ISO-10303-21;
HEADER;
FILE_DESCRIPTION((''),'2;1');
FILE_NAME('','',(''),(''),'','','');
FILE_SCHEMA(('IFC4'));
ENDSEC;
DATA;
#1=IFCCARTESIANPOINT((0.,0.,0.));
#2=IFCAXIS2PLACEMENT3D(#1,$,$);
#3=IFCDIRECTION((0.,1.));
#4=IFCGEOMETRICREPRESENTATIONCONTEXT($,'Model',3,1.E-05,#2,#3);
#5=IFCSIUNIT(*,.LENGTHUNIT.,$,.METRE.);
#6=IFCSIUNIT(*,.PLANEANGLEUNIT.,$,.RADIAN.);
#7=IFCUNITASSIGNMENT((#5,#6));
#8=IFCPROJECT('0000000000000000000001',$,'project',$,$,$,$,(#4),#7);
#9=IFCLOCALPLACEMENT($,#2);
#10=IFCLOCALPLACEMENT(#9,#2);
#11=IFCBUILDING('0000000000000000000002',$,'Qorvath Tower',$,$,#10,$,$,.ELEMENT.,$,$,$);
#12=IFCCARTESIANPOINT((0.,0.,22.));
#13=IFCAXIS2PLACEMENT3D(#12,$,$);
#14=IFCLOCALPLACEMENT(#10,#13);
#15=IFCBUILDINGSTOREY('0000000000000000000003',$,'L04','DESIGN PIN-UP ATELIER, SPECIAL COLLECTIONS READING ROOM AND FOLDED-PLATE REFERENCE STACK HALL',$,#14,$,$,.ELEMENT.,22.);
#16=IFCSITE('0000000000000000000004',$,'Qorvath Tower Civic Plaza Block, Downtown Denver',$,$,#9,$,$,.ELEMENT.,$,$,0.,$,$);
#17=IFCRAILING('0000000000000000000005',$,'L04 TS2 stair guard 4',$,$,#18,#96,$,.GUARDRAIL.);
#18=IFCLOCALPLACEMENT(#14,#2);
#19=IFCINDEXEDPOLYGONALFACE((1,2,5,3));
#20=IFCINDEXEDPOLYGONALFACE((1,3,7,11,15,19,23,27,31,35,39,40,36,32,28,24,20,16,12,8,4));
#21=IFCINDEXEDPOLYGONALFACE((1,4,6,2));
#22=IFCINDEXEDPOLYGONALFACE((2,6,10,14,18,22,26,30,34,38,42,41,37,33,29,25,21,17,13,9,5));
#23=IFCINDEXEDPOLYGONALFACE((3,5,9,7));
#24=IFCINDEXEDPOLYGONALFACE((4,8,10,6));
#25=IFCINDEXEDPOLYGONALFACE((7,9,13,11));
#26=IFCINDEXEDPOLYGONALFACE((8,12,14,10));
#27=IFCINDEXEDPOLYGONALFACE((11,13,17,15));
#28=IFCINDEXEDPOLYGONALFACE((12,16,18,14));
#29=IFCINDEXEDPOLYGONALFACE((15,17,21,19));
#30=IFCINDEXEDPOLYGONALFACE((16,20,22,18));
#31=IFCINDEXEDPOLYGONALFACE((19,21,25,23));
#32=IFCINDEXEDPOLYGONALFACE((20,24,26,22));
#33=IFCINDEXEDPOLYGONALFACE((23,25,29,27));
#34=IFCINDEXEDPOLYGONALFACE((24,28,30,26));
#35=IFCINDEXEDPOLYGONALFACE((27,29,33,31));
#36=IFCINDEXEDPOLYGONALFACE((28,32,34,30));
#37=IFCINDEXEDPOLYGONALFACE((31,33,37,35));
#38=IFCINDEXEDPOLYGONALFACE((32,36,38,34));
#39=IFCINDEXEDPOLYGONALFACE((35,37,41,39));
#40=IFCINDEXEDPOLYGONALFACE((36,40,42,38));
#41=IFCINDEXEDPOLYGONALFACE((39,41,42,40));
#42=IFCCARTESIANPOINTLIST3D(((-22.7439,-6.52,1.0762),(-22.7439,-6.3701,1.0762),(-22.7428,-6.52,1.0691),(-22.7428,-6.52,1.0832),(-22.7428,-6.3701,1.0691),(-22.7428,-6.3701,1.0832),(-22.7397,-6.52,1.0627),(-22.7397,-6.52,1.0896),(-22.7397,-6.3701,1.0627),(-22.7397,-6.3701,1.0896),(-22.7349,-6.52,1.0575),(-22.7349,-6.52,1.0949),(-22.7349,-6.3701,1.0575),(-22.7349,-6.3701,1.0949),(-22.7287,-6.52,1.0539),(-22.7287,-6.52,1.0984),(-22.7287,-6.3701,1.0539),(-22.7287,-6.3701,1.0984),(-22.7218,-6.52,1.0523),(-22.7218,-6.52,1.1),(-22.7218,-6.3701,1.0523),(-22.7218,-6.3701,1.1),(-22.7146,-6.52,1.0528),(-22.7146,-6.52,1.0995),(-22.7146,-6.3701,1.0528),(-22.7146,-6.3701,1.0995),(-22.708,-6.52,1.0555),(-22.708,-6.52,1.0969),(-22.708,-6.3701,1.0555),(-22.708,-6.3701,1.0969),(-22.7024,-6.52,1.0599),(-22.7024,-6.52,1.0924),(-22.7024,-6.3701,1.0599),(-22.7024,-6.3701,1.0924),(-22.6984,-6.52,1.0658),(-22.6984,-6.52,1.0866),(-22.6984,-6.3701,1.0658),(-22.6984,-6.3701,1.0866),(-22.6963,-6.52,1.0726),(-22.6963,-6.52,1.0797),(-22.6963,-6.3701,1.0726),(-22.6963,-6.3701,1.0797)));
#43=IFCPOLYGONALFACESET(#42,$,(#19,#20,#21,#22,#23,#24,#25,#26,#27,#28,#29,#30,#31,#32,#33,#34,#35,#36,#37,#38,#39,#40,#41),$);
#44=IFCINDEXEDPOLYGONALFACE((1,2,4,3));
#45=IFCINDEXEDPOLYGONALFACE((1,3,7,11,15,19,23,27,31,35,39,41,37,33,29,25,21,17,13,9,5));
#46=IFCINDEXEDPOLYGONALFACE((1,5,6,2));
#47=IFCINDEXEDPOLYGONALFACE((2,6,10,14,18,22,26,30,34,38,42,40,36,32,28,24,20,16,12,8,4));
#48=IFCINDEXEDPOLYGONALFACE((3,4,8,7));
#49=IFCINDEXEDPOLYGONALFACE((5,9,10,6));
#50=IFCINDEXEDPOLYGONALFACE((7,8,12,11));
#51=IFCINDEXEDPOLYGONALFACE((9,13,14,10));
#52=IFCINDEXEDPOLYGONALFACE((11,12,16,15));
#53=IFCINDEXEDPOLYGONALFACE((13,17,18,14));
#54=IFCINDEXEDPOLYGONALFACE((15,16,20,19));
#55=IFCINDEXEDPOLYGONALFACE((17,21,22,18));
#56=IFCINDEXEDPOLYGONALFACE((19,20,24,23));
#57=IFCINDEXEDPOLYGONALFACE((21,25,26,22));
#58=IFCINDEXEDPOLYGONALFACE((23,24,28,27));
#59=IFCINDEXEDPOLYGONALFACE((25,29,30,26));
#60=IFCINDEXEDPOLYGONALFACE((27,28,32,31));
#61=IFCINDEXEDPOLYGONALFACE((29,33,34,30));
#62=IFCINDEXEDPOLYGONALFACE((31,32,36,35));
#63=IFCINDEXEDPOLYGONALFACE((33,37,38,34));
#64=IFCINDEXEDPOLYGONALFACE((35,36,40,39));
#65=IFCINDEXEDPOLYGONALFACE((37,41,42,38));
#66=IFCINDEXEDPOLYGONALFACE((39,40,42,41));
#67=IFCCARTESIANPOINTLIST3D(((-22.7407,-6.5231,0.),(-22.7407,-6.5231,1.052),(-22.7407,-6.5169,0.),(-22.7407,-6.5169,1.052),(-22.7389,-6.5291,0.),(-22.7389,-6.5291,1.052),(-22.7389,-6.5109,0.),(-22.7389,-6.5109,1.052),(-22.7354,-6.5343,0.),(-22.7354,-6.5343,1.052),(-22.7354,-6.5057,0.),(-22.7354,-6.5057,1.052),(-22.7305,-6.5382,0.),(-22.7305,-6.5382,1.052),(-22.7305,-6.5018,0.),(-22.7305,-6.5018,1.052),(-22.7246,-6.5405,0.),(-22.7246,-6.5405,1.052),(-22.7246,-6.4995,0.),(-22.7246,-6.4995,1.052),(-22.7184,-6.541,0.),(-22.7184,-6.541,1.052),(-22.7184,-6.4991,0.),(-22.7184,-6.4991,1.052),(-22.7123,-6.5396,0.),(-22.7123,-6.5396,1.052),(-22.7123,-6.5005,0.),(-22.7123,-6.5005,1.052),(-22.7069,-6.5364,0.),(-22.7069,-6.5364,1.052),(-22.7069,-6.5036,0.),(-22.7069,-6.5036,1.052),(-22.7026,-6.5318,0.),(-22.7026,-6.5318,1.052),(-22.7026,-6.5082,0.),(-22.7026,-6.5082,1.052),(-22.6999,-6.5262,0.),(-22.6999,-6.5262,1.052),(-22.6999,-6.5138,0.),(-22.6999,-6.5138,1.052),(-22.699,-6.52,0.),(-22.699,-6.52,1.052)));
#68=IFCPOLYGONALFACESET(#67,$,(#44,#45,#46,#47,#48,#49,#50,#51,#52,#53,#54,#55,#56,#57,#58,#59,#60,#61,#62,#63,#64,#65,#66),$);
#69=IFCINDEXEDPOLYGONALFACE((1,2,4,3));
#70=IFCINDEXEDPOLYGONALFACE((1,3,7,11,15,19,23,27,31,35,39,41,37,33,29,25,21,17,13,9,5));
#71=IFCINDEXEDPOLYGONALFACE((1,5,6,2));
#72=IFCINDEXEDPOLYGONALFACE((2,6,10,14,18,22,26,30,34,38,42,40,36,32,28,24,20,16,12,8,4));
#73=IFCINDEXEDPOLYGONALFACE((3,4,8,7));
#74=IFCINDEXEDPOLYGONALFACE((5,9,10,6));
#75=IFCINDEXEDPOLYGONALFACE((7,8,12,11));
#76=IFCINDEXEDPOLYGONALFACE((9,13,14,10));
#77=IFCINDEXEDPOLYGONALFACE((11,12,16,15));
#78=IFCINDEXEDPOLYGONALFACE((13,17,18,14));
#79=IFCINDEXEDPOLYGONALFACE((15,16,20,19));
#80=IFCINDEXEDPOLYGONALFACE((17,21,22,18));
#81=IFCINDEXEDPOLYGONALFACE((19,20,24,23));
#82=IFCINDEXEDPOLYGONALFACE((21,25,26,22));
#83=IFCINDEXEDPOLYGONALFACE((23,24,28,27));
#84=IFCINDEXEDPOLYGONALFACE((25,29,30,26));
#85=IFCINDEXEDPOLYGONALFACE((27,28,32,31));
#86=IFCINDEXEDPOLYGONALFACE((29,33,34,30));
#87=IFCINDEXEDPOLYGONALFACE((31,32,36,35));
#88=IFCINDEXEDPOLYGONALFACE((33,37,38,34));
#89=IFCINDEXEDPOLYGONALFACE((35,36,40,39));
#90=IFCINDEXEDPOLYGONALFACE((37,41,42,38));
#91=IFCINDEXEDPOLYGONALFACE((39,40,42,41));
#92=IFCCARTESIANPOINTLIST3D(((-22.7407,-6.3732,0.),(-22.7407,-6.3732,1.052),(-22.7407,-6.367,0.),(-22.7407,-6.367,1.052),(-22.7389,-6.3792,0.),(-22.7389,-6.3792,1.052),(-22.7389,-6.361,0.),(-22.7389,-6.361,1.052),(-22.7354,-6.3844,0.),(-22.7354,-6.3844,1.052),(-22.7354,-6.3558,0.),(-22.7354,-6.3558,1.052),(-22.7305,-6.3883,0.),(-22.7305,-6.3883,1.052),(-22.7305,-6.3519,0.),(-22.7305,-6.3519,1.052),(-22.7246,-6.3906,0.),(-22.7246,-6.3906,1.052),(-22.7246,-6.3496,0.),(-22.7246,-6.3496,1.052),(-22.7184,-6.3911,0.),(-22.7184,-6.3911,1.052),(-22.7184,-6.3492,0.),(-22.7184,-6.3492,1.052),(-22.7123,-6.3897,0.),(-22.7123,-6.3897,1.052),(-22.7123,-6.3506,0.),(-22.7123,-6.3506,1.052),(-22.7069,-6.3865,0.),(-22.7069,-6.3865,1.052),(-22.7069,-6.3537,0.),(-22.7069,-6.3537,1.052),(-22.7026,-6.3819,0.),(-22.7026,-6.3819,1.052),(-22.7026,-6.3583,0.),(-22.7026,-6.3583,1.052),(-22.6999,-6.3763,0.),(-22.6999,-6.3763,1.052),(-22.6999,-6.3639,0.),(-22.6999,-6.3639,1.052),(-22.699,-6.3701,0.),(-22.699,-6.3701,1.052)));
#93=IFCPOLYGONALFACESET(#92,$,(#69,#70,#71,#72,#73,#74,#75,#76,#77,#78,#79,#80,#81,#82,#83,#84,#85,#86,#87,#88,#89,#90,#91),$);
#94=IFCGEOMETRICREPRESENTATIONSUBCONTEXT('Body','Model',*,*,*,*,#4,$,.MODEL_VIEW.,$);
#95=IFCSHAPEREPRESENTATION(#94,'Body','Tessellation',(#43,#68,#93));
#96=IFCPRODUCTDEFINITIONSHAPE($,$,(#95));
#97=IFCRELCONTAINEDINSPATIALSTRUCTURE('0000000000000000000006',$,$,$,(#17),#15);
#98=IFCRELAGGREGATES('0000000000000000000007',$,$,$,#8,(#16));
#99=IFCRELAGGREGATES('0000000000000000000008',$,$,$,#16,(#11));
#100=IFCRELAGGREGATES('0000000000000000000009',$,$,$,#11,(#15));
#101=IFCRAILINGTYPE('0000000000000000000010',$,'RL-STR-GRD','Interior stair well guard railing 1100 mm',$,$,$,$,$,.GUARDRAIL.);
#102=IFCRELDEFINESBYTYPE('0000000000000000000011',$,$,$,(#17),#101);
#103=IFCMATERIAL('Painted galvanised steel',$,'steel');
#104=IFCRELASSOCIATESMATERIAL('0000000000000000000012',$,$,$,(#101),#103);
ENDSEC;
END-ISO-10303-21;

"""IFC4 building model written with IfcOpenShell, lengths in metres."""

from ifc_helpers import new_model, si_unit, direction, frame, origin, origin_2d, place, context, subcontext, project, spatial, circle, extrude, material, type_object, element, save


model = new_model("IFC4")

# Units and contexts
model_context = context("Model", 3, precision=1e-05, world=origin(), true_north=direction((0.0, 1.0)))
body_context = subcontext(model_context, "Body", "Model", "MODEL_VIEW")
ifc_project = project(units=[si_unit("LENGTHUNIT", "METRE"), si_unit("PLANEANGLEUNIT", "RADIAN")], contexts=[model_context])

# Site, building, storey
site_placement = place(None, origin())
site = spatial("IfcSite", under=ifc_project, at=site_placement, Name="Qorvath Tower Civic Plaza Block, Downtown Denver", CompositionType="ELEMENT", RefElevation=0.0)
building_placement = place(site_placement, origin())
building = spatial("IfcBuilding", under=site, at=building_placement, Name="Qorvath Tower", CompositionType="ELEMENT")
storey_placement = place(building_placement, frame((0.0, 0.0, 22.0)))
storey = spatial("IfcBuildingStorey", under=building, at=storey_placement, Name="L04", Description="DESIGN PIN-UP ATELIER, SPECIAL COLLECTIONS READING ROOM AND FOLDED-PLATE REFERENCE STACK HALL", CompositionType="ELEMENT", Elevation=22.0)

# Railing
ifc_material_1 = material(Name="Painted galvanised steel", Category="steel")
railing_type_1 = type_object("IfcRailingType", Name="RL-STR-GRD", Description="Interior stair well guard railing 1100 mm", PredefinedType="GUARDRAIL", material=ifc_material_1)
railing_1_placement = place(storey_placement, frame((-22.72, -6.52, 0.0)))
element("IfcRailing", 1, at=railing_1_placement, inside=storey, type_object=railing_type_1, Name="L04 TS2 stair guard 4", PredefinedType="GUARDRAIL", context=body_context, shape_type="SweptSolid", body=[
    extrude(circle(Radius=0.0239, at=origin_2d()), frame((0.0, 0.0, 1.0762), z_axis=(0.0, 1.0, 0.0), x_axis=(-1.0, 0.0, 0.0)), (0.0, 0.0, 1.0), 0.1499),
    extrude(circle(Radius=0.021, at=origin_2d()), origin(), (0.0, 0.0, 1.0), 1.052),
    extrude(circle(Radius=0.021, at=origin_2d()), frame((0.0, 0.1499, 0.0)), (0.0, 0.0, 1.0), 1.052),
])

save(model, "model.ifc")
